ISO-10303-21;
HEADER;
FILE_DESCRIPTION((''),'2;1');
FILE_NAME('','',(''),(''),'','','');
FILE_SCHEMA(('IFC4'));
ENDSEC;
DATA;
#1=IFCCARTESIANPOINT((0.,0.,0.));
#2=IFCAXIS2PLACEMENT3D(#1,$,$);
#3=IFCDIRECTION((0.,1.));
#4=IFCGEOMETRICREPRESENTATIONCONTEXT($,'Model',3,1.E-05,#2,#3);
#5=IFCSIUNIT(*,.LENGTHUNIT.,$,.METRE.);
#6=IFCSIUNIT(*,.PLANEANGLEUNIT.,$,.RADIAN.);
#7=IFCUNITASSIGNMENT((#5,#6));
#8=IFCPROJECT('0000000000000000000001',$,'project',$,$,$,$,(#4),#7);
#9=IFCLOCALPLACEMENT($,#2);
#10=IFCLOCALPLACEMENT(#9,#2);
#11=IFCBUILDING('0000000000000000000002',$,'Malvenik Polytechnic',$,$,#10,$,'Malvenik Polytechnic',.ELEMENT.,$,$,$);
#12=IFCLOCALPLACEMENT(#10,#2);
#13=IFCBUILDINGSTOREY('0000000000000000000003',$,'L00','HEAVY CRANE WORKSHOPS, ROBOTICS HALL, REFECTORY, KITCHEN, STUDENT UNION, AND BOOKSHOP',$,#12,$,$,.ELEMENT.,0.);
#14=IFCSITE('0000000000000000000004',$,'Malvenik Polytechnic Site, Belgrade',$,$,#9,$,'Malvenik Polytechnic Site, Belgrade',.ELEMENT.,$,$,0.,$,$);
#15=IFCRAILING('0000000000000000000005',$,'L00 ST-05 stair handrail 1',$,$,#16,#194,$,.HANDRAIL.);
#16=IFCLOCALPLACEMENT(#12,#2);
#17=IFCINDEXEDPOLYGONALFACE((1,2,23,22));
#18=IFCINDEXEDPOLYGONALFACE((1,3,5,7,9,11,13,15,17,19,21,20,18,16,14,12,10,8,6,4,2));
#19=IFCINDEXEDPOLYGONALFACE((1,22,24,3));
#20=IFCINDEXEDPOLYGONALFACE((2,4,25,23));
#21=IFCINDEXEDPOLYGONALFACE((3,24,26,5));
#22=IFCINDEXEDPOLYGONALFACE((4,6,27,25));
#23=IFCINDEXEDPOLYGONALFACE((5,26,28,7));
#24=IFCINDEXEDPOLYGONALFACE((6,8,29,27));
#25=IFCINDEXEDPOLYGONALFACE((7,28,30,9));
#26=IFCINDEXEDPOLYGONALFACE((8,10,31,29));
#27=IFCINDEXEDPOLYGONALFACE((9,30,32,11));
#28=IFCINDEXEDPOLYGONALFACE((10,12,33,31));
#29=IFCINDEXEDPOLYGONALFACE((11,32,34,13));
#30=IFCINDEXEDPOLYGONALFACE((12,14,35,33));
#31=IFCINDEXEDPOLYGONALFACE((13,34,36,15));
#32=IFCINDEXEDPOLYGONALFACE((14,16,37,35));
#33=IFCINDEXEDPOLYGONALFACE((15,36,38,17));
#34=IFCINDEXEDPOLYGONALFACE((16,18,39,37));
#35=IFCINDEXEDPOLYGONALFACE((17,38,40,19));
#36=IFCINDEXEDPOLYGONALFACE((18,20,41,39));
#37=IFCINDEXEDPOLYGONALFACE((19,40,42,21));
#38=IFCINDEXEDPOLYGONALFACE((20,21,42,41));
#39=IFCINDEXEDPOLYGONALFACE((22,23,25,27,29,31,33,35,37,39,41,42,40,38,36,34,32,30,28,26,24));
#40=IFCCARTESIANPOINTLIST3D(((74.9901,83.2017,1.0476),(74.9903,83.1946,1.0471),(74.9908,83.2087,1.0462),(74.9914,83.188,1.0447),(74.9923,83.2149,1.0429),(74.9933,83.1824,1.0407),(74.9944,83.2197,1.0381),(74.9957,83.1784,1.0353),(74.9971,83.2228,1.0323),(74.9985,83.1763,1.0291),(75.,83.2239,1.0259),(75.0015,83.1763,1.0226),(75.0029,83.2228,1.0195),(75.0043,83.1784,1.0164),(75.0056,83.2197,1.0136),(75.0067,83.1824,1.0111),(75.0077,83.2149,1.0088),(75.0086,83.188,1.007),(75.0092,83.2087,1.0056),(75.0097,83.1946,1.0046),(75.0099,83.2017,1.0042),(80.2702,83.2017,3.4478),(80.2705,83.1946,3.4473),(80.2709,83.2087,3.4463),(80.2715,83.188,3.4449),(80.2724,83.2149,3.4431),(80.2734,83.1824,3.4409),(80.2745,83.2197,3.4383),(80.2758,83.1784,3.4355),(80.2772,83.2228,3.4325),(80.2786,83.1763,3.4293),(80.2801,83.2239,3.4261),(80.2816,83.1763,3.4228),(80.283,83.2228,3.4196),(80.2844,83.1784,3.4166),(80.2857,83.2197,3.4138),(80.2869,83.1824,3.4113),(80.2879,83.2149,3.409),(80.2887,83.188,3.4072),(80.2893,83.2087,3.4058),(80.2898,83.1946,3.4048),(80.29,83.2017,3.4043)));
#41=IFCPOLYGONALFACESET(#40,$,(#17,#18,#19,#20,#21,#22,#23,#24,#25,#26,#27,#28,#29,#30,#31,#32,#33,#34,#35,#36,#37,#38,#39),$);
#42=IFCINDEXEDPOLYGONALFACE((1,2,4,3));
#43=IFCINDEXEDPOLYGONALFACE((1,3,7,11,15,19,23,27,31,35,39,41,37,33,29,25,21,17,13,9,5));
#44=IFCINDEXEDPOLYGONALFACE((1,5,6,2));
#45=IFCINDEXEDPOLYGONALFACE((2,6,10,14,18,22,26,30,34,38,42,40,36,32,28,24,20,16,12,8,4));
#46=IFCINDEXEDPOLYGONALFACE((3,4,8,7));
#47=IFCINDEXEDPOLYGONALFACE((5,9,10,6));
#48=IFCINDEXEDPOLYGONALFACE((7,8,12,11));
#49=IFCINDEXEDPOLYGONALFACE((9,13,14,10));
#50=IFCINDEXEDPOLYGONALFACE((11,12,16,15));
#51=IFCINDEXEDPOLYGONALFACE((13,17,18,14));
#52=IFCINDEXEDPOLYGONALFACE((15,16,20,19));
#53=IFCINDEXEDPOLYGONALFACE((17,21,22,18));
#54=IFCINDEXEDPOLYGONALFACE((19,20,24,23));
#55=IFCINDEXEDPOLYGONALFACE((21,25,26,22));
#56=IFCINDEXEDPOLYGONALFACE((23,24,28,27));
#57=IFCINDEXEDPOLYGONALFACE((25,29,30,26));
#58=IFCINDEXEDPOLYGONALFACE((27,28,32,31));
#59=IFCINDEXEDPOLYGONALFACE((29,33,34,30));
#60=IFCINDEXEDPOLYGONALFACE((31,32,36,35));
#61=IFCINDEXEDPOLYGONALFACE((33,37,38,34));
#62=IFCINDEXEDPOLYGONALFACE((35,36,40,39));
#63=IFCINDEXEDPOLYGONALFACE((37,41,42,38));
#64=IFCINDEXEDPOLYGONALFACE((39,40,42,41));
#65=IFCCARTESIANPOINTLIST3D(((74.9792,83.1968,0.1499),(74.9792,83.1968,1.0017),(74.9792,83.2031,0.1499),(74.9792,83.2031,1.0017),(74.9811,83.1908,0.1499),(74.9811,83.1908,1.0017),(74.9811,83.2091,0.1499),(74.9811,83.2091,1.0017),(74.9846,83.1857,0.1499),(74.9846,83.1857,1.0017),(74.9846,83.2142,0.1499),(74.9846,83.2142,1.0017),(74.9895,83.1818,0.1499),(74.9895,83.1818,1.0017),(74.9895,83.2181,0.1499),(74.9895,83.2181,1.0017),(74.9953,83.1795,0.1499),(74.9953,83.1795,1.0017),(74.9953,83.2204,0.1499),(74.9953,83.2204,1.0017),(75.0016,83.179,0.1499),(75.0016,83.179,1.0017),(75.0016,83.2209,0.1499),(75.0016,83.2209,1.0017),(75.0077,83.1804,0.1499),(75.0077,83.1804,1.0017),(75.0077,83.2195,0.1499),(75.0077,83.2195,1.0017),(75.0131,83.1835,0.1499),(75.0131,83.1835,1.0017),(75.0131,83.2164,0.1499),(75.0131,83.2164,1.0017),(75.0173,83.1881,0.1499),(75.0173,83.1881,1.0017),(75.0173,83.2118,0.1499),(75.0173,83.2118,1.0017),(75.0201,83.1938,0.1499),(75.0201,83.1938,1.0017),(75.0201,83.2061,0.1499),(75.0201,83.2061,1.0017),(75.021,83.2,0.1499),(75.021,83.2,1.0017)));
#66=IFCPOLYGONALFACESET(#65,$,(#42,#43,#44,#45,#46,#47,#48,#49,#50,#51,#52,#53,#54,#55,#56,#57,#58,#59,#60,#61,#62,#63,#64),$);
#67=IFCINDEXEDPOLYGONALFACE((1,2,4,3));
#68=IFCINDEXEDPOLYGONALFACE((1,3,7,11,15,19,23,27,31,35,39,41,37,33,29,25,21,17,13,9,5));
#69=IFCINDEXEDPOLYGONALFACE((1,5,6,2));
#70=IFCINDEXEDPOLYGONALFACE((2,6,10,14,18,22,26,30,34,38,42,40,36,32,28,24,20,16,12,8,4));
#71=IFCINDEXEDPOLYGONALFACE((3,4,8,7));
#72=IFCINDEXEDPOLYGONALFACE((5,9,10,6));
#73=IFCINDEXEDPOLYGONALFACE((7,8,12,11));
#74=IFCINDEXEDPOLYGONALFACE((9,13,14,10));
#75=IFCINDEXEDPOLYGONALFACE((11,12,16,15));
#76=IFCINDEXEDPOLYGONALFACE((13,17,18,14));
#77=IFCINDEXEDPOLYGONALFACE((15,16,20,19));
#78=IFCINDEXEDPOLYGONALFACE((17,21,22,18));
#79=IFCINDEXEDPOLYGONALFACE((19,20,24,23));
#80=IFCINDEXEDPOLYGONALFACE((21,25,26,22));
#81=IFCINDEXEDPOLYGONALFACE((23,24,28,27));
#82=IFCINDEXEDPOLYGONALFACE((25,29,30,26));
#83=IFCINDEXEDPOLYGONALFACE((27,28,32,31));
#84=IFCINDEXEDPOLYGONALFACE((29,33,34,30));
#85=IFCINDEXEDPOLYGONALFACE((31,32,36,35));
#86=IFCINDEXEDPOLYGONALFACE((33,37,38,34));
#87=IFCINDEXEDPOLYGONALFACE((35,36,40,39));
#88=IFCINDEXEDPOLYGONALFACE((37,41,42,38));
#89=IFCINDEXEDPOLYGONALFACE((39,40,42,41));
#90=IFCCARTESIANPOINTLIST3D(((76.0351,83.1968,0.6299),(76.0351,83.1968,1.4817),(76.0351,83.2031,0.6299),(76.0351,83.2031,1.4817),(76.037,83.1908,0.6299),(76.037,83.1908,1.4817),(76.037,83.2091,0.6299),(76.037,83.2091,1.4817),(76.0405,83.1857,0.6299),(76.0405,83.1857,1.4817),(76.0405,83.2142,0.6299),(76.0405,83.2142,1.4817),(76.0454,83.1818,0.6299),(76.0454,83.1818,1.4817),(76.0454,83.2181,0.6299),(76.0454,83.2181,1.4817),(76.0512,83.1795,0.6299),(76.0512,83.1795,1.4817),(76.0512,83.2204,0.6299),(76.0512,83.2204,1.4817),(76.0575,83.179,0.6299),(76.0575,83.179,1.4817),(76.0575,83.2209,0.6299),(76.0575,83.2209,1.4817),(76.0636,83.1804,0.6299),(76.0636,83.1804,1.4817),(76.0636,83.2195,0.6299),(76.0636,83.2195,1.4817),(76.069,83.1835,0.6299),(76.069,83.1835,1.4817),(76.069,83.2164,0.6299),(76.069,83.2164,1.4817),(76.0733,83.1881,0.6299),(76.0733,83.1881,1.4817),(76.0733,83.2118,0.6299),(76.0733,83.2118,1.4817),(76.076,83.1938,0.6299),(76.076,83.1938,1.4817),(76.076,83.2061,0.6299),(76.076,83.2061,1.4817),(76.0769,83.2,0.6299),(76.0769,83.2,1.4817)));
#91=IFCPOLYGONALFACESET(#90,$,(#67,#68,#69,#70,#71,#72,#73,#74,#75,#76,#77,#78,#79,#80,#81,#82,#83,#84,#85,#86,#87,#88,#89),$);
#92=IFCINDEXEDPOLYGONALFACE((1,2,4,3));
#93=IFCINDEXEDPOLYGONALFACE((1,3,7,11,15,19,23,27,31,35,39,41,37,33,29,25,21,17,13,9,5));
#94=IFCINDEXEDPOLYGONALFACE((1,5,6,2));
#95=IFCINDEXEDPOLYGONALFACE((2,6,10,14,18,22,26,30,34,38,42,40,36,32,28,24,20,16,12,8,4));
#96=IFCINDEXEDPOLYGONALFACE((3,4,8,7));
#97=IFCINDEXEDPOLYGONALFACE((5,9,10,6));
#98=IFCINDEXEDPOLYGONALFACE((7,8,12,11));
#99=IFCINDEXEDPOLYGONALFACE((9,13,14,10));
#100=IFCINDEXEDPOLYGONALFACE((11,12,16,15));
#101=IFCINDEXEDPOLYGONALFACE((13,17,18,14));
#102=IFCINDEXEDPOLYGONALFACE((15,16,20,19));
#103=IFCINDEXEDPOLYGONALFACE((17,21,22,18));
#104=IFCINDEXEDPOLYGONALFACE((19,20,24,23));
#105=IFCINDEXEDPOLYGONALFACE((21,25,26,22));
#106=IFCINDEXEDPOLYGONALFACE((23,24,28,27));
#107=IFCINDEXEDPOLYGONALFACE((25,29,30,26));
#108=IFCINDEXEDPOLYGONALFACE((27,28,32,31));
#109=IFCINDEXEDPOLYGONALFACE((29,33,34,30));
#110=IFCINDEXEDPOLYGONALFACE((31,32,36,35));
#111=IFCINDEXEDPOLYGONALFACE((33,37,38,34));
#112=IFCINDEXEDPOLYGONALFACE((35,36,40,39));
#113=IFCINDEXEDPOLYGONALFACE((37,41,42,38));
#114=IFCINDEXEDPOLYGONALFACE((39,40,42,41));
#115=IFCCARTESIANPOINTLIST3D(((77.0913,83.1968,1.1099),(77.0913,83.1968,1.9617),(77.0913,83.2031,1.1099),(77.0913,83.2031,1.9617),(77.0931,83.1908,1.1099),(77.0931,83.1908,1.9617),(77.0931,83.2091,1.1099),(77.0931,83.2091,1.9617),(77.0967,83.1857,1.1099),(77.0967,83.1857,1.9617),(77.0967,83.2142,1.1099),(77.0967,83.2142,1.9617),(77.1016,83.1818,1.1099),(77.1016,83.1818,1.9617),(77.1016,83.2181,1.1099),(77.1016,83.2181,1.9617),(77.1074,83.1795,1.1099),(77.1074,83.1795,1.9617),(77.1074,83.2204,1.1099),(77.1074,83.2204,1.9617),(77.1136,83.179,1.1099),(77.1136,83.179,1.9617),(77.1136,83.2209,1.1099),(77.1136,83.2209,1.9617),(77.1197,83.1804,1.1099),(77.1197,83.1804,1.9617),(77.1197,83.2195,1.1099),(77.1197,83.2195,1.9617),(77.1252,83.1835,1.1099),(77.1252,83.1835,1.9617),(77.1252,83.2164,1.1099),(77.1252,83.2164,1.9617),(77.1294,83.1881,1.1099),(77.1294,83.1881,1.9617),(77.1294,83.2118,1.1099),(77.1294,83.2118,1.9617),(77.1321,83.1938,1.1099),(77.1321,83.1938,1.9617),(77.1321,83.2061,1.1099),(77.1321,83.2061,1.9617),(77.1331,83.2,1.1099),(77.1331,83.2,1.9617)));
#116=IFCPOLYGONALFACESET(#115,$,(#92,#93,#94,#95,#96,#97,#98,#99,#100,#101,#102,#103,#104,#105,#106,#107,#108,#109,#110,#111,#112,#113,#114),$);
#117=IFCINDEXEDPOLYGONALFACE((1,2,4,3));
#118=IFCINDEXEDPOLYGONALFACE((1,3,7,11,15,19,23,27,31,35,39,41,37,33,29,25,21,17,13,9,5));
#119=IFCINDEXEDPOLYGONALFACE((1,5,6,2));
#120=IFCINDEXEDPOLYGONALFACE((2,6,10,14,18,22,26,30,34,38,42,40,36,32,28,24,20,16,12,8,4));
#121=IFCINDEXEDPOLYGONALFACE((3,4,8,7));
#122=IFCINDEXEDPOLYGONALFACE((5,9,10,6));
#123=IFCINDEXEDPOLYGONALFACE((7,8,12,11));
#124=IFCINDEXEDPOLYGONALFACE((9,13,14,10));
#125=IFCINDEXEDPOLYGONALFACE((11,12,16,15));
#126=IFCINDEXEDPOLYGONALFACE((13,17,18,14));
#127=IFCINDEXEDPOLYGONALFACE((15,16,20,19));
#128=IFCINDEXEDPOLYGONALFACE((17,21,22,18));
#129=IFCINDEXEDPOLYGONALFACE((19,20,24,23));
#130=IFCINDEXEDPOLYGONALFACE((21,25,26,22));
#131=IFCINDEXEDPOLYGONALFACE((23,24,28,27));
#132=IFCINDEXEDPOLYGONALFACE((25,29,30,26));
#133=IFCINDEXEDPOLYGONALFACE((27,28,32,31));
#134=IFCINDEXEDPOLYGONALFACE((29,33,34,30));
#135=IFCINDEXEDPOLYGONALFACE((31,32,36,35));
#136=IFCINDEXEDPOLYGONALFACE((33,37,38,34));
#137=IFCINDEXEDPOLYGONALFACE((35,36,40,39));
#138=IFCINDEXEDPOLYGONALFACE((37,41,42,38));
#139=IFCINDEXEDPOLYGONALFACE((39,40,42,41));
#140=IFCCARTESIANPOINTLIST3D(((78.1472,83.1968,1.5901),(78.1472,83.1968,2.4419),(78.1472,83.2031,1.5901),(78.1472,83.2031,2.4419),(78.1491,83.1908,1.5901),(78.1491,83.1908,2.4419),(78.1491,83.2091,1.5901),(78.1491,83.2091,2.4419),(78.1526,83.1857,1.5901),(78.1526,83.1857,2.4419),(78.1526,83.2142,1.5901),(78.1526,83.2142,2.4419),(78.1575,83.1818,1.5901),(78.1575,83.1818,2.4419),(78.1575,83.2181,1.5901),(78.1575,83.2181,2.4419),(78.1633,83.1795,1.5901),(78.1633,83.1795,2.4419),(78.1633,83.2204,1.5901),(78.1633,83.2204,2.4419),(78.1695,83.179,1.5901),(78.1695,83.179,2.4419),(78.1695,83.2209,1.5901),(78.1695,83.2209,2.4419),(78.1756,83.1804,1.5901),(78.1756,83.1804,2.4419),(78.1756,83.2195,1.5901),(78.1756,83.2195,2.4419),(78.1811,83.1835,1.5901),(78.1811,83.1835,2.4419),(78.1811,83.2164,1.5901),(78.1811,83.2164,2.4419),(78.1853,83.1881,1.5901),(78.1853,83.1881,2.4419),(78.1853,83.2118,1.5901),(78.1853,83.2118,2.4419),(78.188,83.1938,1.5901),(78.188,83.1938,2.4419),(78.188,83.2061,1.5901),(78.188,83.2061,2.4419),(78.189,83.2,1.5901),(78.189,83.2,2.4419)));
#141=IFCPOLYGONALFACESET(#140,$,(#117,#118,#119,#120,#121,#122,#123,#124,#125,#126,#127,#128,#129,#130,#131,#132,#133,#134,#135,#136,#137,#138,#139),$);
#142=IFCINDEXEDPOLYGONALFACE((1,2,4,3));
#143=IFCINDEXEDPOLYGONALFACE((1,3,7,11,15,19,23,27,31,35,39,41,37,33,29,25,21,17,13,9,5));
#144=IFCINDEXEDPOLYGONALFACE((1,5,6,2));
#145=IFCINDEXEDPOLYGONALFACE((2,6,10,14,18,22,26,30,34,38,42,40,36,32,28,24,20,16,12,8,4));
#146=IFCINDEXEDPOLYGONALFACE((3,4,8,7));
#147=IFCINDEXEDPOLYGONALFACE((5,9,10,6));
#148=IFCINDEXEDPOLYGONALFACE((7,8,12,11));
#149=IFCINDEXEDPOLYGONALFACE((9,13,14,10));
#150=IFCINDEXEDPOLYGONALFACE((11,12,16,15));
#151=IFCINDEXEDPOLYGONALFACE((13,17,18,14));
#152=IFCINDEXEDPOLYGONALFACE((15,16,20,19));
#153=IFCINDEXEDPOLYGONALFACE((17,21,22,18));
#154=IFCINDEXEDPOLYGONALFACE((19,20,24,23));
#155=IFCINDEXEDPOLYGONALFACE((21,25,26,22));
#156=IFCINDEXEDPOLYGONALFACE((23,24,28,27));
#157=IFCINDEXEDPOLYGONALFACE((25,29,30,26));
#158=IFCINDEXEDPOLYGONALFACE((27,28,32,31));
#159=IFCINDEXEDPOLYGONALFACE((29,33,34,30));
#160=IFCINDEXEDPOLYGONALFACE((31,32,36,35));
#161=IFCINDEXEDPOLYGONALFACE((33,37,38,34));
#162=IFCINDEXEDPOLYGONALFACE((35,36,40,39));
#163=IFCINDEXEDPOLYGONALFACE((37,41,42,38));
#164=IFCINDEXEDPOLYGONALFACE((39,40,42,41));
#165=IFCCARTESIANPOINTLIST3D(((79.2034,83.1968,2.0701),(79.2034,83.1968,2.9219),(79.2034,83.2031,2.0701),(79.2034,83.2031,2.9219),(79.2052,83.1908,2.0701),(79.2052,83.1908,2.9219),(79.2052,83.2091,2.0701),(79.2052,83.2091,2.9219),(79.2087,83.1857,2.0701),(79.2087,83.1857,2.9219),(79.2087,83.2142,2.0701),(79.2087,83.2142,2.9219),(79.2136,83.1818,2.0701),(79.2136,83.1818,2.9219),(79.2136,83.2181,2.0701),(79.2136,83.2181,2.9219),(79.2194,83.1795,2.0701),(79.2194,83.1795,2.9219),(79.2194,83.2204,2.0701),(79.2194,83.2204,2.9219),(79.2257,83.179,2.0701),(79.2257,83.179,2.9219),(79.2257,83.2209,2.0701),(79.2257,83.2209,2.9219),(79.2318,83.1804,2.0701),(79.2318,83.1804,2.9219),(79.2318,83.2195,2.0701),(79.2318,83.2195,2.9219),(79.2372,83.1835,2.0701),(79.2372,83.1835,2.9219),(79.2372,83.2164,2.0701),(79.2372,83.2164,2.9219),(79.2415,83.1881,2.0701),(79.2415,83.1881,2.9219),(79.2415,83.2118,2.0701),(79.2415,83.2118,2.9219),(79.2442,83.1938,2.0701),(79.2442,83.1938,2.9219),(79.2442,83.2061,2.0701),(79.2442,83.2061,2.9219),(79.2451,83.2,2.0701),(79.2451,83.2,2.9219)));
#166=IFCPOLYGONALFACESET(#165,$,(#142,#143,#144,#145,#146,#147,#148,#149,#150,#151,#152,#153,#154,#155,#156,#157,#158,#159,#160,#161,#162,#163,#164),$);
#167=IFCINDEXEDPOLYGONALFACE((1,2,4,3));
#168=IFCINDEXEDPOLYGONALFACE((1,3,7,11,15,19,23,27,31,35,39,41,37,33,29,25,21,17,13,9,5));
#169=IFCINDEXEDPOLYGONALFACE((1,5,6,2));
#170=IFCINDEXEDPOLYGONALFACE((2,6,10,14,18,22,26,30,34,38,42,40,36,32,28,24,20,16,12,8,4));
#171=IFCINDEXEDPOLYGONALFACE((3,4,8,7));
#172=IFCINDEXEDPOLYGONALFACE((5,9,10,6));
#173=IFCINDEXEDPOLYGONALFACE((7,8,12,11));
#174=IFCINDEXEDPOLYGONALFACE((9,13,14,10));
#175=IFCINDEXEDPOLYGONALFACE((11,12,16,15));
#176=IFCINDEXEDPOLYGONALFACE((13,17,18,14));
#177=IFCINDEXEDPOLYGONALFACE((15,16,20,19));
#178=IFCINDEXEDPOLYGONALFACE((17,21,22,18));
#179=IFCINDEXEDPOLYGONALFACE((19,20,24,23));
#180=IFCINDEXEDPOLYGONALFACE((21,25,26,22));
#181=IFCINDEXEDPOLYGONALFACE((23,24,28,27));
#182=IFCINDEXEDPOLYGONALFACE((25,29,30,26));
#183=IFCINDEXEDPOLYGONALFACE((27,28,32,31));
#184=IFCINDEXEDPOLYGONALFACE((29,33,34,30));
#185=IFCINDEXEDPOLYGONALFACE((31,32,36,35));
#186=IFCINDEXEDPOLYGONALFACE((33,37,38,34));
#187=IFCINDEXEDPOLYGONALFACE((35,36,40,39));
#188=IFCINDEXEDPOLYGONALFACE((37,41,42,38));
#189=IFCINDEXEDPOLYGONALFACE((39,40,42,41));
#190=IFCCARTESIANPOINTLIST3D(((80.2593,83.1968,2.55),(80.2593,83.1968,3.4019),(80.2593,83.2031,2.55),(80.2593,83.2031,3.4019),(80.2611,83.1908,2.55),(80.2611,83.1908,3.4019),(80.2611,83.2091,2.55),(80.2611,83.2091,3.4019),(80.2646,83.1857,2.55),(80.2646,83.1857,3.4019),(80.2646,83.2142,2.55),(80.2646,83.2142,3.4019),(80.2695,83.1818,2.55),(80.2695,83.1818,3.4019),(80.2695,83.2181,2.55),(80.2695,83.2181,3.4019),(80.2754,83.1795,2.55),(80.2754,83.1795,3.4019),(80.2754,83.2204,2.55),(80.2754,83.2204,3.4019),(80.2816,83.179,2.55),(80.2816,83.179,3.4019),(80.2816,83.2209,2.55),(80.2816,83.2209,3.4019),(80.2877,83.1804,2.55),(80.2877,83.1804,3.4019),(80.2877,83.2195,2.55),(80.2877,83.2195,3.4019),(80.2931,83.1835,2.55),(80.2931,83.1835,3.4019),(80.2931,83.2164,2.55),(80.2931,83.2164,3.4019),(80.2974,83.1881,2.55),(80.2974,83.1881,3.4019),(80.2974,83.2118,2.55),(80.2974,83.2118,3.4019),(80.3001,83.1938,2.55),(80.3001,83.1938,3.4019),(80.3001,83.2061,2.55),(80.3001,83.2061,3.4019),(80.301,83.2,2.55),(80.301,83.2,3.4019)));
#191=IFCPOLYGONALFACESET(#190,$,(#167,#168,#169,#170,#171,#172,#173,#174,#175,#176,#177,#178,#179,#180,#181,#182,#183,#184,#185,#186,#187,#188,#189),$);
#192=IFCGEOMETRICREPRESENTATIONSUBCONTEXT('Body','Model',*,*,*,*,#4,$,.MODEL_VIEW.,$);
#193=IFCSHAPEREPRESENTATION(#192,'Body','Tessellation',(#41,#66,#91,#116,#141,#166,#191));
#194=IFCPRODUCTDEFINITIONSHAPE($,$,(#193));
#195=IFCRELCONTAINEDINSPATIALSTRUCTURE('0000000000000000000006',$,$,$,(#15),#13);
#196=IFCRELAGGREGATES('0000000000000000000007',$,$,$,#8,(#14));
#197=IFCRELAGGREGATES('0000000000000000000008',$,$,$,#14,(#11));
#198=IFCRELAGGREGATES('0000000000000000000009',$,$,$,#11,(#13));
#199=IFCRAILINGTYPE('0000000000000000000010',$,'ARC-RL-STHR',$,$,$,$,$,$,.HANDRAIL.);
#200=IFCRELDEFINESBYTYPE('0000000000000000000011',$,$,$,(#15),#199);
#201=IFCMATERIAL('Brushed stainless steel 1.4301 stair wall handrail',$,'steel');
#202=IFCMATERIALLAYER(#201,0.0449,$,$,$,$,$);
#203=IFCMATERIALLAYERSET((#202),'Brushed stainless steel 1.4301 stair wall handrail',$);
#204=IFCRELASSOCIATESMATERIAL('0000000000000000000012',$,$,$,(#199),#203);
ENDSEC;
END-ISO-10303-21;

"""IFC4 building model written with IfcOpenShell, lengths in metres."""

from ifc_helpers import new_model, si_unit, direction, frame, origin, origin_2d, place, context, subcontext, project, spatial, circle, extrude, material, layer, layer_set, type_object, element, save


model = new_model("IFC4")

# Units and contexts
model_context = context("Model", 3, precision=1e-05, world=origin(), true_north=direction((0.0, 1.0)))
body_context = subcontext(model_context, "Body", "Model", "MODEL_VIEW")
ifc_project = project(units=[si_unit("LENGTHUNIT", "METRE"), si_unit("PLANEANGLEUNIT", "RADIAN")], contexts=[model_context])

# Site, building, storey
site_placement = place(None, origin())
site = spatial("IfcSite", under=ifc_project, at=site_placement, Name="Malvenik Polytechnic Site, Belgrade", LongName="Malvenik Polytechnic Site, Belgrade", CompositionType="ELEMENT", RefElevation=0.0)
building_placement = place(site_placement, origin())
building = spatial("IfcBuilding", under=site, at=building_placement, Name="Malvenik Polytechnic", LongName="Malvenik Polytechnic", CompositionType="ELEMENT")
storey_placement = place(building_placement, origin())
storey = spatial("IfcBuildingStorey", under=building, at=storey_placement, Name="L00", Description="HEAVY CRANE WORKSHOPS, ROBOTICS HALL, REFECTORY, KITCHEN, STUDENT UNION, AND BOOKSHOP", CompositionType="ELEMENT", Elevation=0.0)

# Railing
ifc_material_1 = material(Name="Brushed stainless steel 1.4301 stair wall handrail", Category="steel")
ifc_layer_1 = layer(ifc_material_1, 0.0449)
ifc_layer_set_1 = layer_set([ifc_layer_1], Name="Brushed stainless steel 1.4301 stair wall handrail")
railing_type_1 = type_object("IfcRailingType", Name="ARC-RL-STHR", PredefinedType="HANDRAIL", material=ifc_layer_set_1)
railing_1_placement = place(storey_placement, frame((75.0, 83.2, 0.1499)))
element("IfcRailing", 1, at=railing_1_placement, inside=storey, type_object=railing_type_1, Name="L00 ST-05 stair handrail 1", PredefinedType="HANDRAIL", context=body_context, shape_type="SweptSolid", body=[
    extrude(circle(Radius=0.0239, at=origin_2d()), frame((0.0, 0.0, 0.876), z_axis=(0.910358, 0.0, 0.413822), x_axis=(0.0, 1.0, 0.0)), (0.0, 0.0, 1.0), 5.8),
    extrude(circle(Radius=0.021, at=origin_2d()), origin(), (0.0, 0.0, 1.0), 0.8518),
    extrude(circle(Radius=0.021, at=origin_2d()), frame((1.0559, 0.0, 0.48)), (0.0, 0.0, 1.0), 0.8518),
    extrude(circle(Radius=0.021, at=origin_2d()), frame((2.1121, 0.0, 0.96)), (0.0, 0.0, 1.0), 0.8518),
    extrude(circle(Radius=0.021, at=origin_2d()), frame((3.168, 0.0, 1.4402)), (0.0, 0.0, 1.0), 0.8518),
    extrude(circle(Radius=0.021, at=origin_2d()), frame((4.2241, 0.0, 1.9202)), (0.0, 0.0, 1.0), 0.8518),
    extrude(circle(Radius=0.021, at=origin_2d()), frame((5.28, 0.0, 2.4001)), (0.0, 0.0, 1.0), 0.8518),
])

save(model, "model.ifc")
